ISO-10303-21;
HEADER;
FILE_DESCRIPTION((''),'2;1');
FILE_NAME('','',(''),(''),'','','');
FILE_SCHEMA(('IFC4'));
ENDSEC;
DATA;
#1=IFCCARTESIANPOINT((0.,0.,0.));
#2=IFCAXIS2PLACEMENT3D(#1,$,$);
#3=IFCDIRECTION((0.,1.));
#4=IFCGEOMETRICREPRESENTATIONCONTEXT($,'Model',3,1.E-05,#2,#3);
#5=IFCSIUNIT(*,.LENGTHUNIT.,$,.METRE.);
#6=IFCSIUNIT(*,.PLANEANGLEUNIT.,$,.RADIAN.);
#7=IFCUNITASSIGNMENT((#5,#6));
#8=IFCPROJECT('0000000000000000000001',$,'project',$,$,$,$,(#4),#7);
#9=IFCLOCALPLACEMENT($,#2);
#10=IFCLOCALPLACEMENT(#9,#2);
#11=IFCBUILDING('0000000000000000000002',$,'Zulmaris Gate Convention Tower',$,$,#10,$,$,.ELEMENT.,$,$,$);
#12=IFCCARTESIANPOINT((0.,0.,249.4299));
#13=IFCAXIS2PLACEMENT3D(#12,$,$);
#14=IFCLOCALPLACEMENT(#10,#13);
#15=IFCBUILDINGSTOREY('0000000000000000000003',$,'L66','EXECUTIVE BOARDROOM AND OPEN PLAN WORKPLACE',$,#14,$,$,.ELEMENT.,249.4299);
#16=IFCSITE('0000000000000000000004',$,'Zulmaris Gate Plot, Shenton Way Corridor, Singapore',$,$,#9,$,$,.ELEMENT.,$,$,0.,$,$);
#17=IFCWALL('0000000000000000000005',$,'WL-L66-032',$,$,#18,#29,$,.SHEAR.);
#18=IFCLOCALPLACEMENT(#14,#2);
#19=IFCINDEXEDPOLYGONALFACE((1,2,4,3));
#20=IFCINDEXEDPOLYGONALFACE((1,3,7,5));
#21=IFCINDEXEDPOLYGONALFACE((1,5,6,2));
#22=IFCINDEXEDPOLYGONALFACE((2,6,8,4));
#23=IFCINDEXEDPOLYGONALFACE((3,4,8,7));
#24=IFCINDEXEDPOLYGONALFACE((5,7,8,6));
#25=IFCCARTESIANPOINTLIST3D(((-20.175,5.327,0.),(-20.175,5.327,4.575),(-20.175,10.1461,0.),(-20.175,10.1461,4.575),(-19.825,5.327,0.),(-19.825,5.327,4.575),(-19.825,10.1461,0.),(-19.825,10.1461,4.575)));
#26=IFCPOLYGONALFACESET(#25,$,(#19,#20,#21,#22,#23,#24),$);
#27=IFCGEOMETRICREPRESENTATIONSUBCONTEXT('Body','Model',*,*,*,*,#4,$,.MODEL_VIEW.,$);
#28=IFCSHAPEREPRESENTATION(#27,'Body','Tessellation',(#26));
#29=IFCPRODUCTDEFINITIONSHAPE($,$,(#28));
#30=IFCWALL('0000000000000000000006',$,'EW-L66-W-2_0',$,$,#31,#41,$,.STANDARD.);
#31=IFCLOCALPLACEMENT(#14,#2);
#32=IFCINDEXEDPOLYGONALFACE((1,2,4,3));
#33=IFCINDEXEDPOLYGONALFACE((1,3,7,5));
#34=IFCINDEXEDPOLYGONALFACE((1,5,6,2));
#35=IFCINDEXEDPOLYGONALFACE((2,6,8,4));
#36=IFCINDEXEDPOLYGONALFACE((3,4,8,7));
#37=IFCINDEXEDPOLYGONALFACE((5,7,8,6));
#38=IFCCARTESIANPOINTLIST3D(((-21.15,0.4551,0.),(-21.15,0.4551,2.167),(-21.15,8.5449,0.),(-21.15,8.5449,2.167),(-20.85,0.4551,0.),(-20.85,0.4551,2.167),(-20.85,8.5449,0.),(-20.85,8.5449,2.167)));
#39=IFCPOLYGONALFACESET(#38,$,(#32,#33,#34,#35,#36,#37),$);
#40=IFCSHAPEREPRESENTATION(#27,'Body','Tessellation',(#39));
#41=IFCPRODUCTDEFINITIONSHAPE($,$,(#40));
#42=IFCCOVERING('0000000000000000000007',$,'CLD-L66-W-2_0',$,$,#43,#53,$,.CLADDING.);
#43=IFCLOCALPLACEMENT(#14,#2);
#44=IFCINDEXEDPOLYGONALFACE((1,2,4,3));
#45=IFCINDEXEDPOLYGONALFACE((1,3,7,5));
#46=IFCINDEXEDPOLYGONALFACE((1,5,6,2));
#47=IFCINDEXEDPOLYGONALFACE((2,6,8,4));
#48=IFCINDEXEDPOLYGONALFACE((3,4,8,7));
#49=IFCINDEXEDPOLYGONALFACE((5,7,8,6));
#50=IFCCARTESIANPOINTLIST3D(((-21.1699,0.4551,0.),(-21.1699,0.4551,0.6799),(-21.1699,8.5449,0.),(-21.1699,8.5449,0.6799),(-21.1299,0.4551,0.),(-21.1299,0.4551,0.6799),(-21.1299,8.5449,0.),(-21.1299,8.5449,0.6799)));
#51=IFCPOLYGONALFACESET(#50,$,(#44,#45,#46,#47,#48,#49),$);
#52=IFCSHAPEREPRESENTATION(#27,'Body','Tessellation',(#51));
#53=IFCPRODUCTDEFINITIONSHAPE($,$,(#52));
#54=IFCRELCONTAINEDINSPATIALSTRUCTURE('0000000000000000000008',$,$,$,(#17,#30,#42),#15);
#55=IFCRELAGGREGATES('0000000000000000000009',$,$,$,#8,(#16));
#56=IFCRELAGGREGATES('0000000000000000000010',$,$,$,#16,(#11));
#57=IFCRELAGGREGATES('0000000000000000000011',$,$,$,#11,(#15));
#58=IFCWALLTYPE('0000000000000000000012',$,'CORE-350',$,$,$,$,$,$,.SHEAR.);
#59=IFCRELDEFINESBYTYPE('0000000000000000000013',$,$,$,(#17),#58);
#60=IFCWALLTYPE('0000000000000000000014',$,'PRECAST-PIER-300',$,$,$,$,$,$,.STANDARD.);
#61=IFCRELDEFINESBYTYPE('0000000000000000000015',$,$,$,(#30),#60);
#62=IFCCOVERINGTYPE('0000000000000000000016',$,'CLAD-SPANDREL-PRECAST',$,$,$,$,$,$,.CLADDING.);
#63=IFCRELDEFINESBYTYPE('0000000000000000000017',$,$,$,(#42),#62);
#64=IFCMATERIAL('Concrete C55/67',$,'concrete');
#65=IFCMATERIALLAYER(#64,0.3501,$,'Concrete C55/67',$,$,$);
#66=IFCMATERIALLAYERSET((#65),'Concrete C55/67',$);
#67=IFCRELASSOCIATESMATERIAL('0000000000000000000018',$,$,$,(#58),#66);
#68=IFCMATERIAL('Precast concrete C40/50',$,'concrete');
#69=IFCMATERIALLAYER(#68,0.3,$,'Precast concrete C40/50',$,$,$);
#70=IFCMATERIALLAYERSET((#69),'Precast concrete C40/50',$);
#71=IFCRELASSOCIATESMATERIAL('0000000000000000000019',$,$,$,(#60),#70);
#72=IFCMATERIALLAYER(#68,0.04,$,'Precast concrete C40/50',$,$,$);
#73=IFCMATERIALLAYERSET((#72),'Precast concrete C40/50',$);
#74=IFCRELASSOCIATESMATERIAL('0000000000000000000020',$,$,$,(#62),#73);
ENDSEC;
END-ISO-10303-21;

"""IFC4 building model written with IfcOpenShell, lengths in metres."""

from ifc_helpers import new_model, si_unit, direction, frame, frame_2d, origin, place, context, subcontext, project, spatial, rectangle, extrude, material, layer, layer_set, type_object, element, save


model = new_model("IFC4")

# Units and contexts
model_context = context("Model", 3, precision=1e-05, world=origin(), true_north=direction((0.0, 1.0)))
body_context = subcontext(model_context, "Body", "Model", "MODEL_VIEW")
ifc_project = project(units=[si_unit("LENGTHUNIT", "METRE"), si_unit("PLANEANGLEUNIT", "RADIAN")], contexts=[model_context])

# Site, building, storey
site_placement = place(None, origin())
site = spatial("IfcSite", under=ifc_project, at=site_placement, Name="Zulmaris Gate Plot, Shenton Way Corridor, Singapore", CompositionType="ELEMENT", RefElevation=0.0)
building_placement = place(site_placement, origin())
building = spatial("IfcBuilding", under=site, at=building_placement, Name="Zulmaris Gate Convention Tower", CompositionType="ELEMENT")
storey_placement = place(building_placement, frame((0.0, 0.0, 249.4299)))
storey = spatial("IfcBuildingStorey", under=building, at=storey_placement, Name="L66", Description="EXECUTIVE BOARDROOM AND OPEN PLAN WORKPLACE", CompositionType="ELEMENT", Elevation=249.4299)

# Walls
ifc_material_1 = material(Name="Concrete C55/67", Category="concrete")
ifc_layer_1 = layer(ifc_material_1, 0.3501, Name="Concrete C55/67")
ifc_layer_set_1 = layer_set([ifc_layer_1], Name="Concrete C55/67")
wall_type_1 = type_object("IfcWallType", Name="CORE-350", PredefinedType="SHEAR", material=ifc_layer_set_1)
wall_1_placement = place(storey_placement, frame((-20.0, 5.3269, 0.0), z_axis=(0.0, 0.0, 1.0), x_axis=(0.0, 1.0, 0.0)))
element("IfcWall", 1, at=wall_1_placement, inside=storey, type_object=wall_type_1, Name="WL-L66-032", PredefinedType="SHEAR", context=body_context, shape_type="SweptSolid", body=[
    extrude(rectangle(XDim=4.8191, YDim=0.3501, at=frame_2d((2.4097, 0.0))), origin(), (0.0, 0.0, 1.0), 4.575),
])
ifc_material_2 = material(Name="Precast concrete C40/50", Category="concrete")
ifc_layer_2 = layer(ifc_material_2, 0.3, Name="Precast concrete C40/50")
ifc_layer_set_2 = layer_set([ifc_layer_2], Name="Precast concrete C40/50")
wall_type_2 = type_object("IfcWallType", Name="PRECAST-PIER-300", PredefinedType="STANDARD", material=ifc_layer_set_2)
wall_2_placement = place(storey_placement, frame((-21.0, 8.5449, 0.0), z_axis=(0.0, 0.0, 1.0), x_axis=(0.0, -1.0, 0.0)))
element("IfcWall", 2, at=wall_2_placement, inside=storey, type_object=wall_type_2, Name="EW-L66-W-2_0", PredefinedType="STANDARD", context=body_context, shape_type="SweptSolid", body=[
    extrude(rectangle(XDim=8.0898, YDim=0.3, at=frame_2d((4.0449, 0.0))), origin(), (0.0, 0.0, 1.0), 2.167),
])

# Covering
ifc_layer_3 = layer(ifc_material_2, 0.04, Name="Precast concrete C40/50")
ifc_layer_set_3 = layer_set([ifc_layer_3], Name="Precast concrete C40/50")
covering_type = type_object("IfcCoveringType", Name="CLAD-SPANDREL-PRECAST", PredefinedType="CLADDING", material=ifc_layer_set_3)
covering_placement = place(storey_placement, frame((-21.1499, 8.5449, 0.0), z_axis=(0.0, 0.0, 1.0), x_axis=(0.0, -1.0, 0.0)))
element("IfcCovering", 3, at=covering_placement, inside=storey, type_object=covering_type, Name="CLD-L66-W-2_0", PredefinedType="CLADDING", context=body_context, shape_type="SweptSolid", body=[
    extrude(rectangle(XDim=8.0898, YDim=0.04, at=frame_2d((4.0449, 0.0))), origin(), (0.0, 0.0, 1.0), 0.6799),
])

save(model, "model.ifc")
